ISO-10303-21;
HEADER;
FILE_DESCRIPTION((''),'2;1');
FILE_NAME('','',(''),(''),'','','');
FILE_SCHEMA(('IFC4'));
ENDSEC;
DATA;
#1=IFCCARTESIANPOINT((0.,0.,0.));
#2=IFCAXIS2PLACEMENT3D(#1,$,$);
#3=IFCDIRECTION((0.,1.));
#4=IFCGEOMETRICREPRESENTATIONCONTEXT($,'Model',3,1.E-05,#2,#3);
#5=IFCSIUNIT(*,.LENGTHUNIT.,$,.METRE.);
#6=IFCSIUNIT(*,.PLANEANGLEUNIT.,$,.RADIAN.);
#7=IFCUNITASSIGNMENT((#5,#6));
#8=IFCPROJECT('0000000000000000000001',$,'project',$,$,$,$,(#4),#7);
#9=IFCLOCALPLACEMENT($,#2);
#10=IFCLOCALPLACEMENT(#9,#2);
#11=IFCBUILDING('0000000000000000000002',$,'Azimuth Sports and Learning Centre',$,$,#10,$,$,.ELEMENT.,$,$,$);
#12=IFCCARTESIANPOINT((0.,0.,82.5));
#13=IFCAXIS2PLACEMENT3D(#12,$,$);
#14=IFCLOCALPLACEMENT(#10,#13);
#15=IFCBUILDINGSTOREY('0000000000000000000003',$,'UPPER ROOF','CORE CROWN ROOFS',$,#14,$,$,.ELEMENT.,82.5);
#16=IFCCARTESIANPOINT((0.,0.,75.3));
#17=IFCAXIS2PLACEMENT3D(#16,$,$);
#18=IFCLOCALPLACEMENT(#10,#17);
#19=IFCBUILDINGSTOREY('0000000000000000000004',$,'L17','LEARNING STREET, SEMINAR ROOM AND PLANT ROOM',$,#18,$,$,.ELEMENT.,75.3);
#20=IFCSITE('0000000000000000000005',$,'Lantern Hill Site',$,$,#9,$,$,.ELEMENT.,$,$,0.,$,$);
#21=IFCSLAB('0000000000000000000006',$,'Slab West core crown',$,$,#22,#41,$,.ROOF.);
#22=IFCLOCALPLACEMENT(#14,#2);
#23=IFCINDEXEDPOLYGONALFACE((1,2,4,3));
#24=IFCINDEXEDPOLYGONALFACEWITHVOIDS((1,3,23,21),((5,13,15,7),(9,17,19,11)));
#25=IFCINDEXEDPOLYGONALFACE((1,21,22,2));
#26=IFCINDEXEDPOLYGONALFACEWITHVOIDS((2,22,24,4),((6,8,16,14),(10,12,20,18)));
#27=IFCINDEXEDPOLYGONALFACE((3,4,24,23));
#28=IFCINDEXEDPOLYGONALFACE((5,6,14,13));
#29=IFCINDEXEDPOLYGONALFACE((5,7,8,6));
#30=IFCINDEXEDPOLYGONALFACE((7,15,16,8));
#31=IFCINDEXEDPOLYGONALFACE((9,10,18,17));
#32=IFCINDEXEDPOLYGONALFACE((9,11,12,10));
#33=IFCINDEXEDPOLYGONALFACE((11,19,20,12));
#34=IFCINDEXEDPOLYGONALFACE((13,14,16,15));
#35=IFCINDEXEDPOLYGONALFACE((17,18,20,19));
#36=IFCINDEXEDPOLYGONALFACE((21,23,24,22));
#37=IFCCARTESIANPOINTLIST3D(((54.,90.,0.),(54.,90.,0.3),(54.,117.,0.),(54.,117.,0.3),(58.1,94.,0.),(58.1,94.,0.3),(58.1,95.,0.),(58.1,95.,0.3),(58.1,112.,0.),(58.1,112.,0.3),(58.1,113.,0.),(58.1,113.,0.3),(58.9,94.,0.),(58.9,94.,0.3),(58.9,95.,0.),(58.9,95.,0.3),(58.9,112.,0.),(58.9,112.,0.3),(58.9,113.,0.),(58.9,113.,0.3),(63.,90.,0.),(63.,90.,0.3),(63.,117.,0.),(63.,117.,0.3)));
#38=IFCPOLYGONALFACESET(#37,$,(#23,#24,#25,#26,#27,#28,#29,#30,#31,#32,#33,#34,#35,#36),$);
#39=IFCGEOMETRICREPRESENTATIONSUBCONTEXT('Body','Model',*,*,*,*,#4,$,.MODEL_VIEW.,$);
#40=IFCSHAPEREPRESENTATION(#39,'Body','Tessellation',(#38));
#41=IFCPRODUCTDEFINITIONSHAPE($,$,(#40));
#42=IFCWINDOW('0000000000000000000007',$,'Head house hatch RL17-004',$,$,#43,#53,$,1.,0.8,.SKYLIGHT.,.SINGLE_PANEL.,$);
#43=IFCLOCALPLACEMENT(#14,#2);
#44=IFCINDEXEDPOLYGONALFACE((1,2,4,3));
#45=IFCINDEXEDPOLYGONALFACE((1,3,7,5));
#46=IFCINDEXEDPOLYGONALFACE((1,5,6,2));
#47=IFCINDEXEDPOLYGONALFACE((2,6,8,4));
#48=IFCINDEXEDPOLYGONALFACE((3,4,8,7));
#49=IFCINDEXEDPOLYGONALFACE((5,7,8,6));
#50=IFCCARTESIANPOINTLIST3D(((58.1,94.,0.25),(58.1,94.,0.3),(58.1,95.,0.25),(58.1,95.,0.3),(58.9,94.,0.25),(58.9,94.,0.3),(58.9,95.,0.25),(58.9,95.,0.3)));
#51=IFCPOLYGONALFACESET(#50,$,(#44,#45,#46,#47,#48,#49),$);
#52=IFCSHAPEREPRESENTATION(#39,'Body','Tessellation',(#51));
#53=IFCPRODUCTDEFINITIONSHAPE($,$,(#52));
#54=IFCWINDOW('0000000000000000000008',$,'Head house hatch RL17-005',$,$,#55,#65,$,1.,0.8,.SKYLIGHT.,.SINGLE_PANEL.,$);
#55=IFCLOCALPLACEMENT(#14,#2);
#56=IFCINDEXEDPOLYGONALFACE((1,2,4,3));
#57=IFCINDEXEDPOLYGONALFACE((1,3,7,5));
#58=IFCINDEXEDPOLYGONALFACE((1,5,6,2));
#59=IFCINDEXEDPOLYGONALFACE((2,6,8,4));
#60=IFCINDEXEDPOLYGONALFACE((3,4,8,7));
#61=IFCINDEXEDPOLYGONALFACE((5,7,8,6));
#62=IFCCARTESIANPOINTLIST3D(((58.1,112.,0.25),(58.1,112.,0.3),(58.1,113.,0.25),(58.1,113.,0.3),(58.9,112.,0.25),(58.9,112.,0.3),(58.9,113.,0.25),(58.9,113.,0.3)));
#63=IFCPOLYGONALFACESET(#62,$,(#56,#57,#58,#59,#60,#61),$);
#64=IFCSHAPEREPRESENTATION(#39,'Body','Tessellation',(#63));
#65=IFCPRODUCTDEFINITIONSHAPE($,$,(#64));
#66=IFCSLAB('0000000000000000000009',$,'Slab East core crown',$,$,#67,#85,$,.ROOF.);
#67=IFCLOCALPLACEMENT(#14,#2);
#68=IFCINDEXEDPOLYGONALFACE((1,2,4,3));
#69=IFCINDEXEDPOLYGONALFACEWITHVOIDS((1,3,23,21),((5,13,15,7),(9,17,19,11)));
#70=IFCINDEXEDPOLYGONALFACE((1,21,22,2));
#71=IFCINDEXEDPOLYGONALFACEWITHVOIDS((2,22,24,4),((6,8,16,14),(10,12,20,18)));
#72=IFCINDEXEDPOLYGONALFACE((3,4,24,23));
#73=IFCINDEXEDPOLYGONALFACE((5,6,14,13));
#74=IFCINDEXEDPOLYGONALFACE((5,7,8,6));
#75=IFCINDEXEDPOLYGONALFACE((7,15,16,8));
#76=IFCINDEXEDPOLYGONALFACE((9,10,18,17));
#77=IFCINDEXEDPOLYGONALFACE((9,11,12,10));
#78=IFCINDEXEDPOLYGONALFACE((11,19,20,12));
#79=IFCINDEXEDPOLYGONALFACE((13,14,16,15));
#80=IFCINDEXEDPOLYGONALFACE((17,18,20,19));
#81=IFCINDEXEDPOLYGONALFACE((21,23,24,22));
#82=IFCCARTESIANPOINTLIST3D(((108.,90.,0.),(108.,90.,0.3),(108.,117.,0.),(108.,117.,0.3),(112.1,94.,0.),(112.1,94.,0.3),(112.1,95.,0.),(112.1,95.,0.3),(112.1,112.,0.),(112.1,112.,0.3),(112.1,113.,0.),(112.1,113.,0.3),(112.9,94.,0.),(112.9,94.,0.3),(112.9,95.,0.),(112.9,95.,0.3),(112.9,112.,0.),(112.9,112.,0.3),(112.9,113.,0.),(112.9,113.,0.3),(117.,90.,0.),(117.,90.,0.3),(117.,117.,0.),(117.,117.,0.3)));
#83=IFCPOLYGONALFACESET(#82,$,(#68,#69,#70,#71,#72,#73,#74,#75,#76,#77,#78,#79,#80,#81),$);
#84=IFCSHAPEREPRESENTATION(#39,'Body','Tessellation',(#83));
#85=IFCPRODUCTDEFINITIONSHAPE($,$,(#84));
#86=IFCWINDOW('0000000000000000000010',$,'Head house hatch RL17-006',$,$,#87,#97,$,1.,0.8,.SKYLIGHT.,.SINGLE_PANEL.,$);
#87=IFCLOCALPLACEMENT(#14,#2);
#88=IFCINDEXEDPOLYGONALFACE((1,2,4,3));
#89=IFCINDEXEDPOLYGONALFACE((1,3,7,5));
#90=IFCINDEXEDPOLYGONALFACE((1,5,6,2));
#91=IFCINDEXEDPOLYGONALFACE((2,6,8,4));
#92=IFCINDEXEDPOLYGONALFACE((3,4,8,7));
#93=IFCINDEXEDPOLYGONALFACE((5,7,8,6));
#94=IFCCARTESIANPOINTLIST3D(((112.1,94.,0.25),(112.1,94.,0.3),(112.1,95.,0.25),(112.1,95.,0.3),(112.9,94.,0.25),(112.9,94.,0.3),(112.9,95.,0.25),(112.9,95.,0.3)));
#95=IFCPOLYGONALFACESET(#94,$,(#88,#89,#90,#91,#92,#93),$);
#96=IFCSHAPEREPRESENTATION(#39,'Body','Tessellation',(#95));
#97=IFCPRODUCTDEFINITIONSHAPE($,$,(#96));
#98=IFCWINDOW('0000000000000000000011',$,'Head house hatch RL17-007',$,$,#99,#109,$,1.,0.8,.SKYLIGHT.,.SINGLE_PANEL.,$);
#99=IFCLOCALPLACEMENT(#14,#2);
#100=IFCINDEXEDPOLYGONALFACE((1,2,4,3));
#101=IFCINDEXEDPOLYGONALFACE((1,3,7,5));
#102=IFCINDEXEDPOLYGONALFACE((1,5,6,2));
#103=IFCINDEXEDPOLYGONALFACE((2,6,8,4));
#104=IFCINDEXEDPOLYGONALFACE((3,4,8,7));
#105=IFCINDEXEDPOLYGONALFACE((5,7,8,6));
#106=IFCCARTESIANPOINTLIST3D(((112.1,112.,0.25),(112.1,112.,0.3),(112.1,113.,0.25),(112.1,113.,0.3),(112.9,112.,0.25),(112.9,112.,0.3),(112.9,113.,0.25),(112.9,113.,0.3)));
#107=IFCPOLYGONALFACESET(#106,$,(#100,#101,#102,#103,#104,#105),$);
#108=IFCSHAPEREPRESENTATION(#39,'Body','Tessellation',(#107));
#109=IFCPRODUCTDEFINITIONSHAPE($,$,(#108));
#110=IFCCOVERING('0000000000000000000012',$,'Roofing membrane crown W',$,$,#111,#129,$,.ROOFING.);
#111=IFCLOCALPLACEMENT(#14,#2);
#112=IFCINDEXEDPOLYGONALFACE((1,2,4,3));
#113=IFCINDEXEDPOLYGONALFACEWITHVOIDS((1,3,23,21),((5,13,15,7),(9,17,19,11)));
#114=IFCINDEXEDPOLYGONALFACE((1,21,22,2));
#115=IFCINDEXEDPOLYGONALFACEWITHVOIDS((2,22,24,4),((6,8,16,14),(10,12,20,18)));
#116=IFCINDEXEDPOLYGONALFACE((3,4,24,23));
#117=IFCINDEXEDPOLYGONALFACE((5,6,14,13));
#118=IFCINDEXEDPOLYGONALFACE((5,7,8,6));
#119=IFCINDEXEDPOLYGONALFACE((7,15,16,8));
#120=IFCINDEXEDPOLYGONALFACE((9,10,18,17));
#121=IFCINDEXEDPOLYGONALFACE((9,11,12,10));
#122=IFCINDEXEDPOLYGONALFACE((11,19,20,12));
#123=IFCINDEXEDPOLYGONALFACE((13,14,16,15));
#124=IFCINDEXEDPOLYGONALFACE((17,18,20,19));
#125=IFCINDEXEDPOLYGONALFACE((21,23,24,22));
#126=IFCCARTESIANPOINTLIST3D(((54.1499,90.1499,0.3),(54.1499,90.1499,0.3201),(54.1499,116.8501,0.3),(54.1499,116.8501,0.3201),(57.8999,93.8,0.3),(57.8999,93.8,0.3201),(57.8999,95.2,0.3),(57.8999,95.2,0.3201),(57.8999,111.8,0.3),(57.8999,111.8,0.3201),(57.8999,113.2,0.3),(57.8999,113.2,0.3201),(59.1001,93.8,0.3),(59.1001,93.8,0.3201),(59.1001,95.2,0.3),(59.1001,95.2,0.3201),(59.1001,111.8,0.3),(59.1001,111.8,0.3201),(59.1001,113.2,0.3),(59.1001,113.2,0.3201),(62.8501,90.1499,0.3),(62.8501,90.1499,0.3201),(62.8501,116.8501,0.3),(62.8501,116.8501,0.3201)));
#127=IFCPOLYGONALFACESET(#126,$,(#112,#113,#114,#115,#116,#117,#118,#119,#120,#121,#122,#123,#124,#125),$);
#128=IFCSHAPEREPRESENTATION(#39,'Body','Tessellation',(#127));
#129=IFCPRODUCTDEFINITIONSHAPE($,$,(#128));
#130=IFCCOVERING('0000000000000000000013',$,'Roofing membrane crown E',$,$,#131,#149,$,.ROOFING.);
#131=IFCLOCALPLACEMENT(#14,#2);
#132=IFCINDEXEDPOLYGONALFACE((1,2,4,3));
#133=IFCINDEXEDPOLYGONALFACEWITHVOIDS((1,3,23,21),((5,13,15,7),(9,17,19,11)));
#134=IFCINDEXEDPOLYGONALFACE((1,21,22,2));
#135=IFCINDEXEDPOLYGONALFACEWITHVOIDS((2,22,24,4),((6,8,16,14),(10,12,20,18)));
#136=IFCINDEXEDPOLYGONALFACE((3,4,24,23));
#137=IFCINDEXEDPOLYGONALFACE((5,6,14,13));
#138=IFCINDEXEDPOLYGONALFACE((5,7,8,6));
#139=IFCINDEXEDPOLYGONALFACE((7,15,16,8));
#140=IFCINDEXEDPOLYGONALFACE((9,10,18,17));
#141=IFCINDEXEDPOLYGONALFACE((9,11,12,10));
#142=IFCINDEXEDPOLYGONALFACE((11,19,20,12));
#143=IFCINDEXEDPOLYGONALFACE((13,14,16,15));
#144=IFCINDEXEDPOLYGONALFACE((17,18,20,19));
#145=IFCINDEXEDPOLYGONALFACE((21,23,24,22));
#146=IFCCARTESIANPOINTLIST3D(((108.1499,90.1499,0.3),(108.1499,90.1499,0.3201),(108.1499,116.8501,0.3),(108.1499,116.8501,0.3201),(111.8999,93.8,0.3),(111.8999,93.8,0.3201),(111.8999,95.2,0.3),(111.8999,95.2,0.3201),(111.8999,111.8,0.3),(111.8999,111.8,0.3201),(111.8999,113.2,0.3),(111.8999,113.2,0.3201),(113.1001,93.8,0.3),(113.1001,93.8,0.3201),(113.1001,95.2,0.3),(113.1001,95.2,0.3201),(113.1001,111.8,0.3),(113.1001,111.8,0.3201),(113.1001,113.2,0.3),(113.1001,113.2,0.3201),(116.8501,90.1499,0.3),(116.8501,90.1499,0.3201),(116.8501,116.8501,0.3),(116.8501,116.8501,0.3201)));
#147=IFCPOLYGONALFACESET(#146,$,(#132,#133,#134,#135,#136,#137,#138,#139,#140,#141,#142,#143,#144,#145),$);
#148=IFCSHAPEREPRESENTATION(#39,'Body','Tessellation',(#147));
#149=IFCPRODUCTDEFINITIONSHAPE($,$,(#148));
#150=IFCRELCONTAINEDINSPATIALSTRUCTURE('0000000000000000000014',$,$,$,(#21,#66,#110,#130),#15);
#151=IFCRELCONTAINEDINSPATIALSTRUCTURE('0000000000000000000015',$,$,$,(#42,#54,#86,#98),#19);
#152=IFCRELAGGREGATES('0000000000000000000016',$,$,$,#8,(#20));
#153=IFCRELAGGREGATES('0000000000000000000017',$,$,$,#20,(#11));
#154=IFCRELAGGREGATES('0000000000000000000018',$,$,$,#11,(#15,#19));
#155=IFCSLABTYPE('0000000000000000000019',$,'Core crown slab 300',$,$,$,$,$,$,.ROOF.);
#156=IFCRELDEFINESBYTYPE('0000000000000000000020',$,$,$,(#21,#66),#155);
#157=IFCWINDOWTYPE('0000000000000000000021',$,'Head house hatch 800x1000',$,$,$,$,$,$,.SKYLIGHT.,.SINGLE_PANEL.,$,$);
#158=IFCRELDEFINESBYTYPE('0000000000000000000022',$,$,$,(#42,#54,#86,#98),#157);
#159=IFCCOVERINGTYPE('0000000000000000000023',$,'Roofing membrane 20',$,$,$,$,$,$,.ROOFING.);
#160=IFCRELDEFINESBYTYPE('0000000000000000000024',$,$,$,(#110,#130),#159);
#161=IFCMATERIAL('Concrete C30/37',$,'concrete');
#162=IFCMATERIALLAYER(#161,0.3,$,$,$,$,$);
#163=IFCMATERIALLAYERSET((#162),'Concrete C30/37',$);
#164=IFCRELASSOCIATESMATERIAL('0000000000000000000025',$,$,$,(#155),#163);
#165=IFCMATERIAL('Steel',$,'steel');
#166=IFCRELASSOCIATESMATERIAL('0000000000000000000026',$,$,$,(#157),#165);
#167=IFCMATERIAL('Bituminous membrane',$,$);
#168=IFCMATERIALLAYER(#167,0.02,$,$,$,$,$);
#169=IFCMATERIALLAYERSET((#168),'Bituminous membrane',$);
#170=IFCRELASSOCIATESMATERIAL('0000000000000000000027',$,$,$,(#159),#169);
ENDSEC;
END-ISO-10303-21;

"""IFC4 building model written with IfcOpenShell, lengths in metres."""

from ifc_helpers import new_model, si_unit, direction, frame, origin, origin_2d, place, context, subcontext, project, spatial, polyline, rectangle, outline, extrude, material, layer, layer_set, type_object, element, fill, save


model = new_model("IFC4")

# Units and contexts
model_context = context("Model", 3, precision=1e-05, world=origin(), true_north=direction((0.0, 1.0)))
body_context = subcontext(model_context, "Body", "Model", "MODEL_VIEW")
ifc_project = project(units=[si_unit("LENGTHUNIT", "METRE"), si_unit("PLANEANGLEUNIT", "RADIAN")], contexts=[model_context])

# Site, building, storey
site_placement = place(None, origin())
site = spatial("IfcSite", under=ifc_project, at=site_placement, Name="Lantern Hill Site", CompositionType="ELEMENT", RefElevation=0.0)
building_placement = place(site_placement, origin())
building = spatial("IfcBuilding", under=site, at=building_placement, Name="Azimuth Sports and Learning Centre", CompositionType="ELEMENT")
storey_1_placement = place(building_placement, frame((0.0, 0.0, 82.5)))
storey_1 = spatial("IfcBuildingStorey", under=building, at=storey_1_placement, Name="UPPER ROOF", Description="CORE CROWN ROOFS", CompositionType="ELEMENT", Elevation=82.5)

# Slab, openings
ifc_material_1 = material(Name="Concrete C30/37", Category="concrete")
ifc_layer_1 = layer(ifc_material_1, 0.3)
ifc_layer_set_1 = layer_set([ifc_layer_1], Name="Concrete C30/37")
slab_type = type_object("IfcSlabType", Name="Core crown slab 300", PredefinedType="ROOF", material=ifc_layer_set_1)
slab_1_placement = place(storey_1_placement, origin())
slab_1 = element("IfcSlab", 1, at=slab_1_placement, inside=storey_1, type_object=slab_type, Name="Slab West core crown", PredefinedType="ROOF", context=body_context, shape_type="SweptSolid", body=[
    extrude(outline(polyline([(54.0, 90.0), (63.0, 90.0), (63.0, 117.0), (54.0, 117.0), (54.0, 90.0)])), origin(), (0.0, 0.0, 1.0), 0.3),
])
opening_1_placement = place(slab_1_placement, frame((58.5, 94.5, 0.0)))
opening_1 = element("IfcOpeningElement", 2, at=opening_1_placement, cuts=slab_1, PredefinedType="OPENING", context=body_context, shape_type="SweptSolid", body=[
    extrude(rectangle(XDim=0.8, YDim=1.0, at=origin_2d()), frame((0.0, 0.0, -0.011)), (0.0, 0.0, 1.0), 0.322),
])
opening_2_placement = place(slab_1_placement, frame((58.5, 112.5, 0.0)))
opening_2 = element("IfcOpeningElement", 3, at=opening_2_placement, cuts=slab_1, PredefinedType="OPENING", context=body_context, shape_type="SweptSolid", body=[
    extrude(rectangle(XDim=0.8, YDim=1.0, at=origin_2d()), frame((0.0, 0.0, -0.011)), (0.0, 0.0, 1.0), 0.322),
])

# Shared definitions
storey_2_placement = place(building_placement, frame((0.0, 0.0, 75.3)))
storey_2 = spatial("IfcBuildingStorey", under=building, at=storey_2_placement, Name="L17", Description="LEARNING STREET, SEMINAR ROOM AND PLANT ROOM", CompositionType="ELEMENT", Elevation=75.3)

# Windows
ifc_material_2 = material(Name="Steel", Category="steel")
window_type = type_object("IfcWindowType", Name="Head house hatch 800x1000", PartitioningType="SINGLE_PANEL", PredefinedType="SKYLIGHT", material=ifc_material_2)
window_1_placement = place(opening_1_placement, frame((0.0, 0.0, 0.25)))
window_1 = element("IfcWindow", 4, at=window_1_placement, inside=storey_2, type_object=window_type, Name="Head house hatch RL17-004", OverallHeight=1.0, OverallWidth=0.8, PartitioningType="SINGLE_PANEL", PredefinedType="SKYLIGHT", context=body_context, shape_type="SweptSolid", body=[
    extrude(rectangle(XDim=0.8, YDim=1.0, at=origin_2d()), origin(), (0.0, 0.0, 1.0), 0.05),
])
fill(opening_1, window_1)
window_2_placement = place(opening_2_placement, frame((0.0, 0.0, 0.25)))
window_2 = element("IfcWindow", 5, at=window_2_placement, inside=storey_2, type_object=window_type, Name="Head house hatch RL17-005", OverallHeight=1.0, OverallWidth=0.8, PartitioningType="SINGLE_PANEL", PredefinedType="SKYLIGHT", context=body_context, shape_type="SweptSolid", body=[
    extrude(rectangle(XDim=0.8, YDim=1.0, at=origin_2d()), origin(), (0.0, 0.0, 1.0), 0.05),
])
fill(opening_2, window_2)

# Slab, openings, windows
slab_2_placement = place(storey_1_placement, origin())
slab_2 = element("IfcSlab", 6, at=slab_2_placement, inside=storey_1, type_object=slab_type, Name="Slab East core crown", PredefinedType="ROOF", context=body_context, shape_type="SweptSolid", body=[
    extrude(outline(polyline([(108.0, 90.0), (117.0, 90.0), (117.0, 117.0), (108.0, 117.0), (108.0, 90.0)])), origin(), (0.0, 0.0, 1.0), 0.3),
])
opening_3_placement = place(slab_2_placement, frame((112.5, 94.5, 0.0)))
opening_3 = element("IfcOpeningElement", 7, at=opening_3_placement, cuts=slab_2, PredefinedType="OPENING", context=body_context, shape_type="SweptSolid", body=[
    extrude(rectangle(XDim=0.8, YDim=1.0, at=origin_2d()), frame((0.0, 0.0, -0.011)), (0.0, 0.0, 1.0), 0.322),
])
opening_4_placement = place(slab_2_placement, frame((112.5, 112.5, 0.0)))
opening_4 = element("IfcOpeningElement", 8, at=opening_4_placement, cuts=slab_2, PredefinedType="OPENING", context=body_context, shape_type="SweptSolid", body=[
    extrude(rectangle(XDim=0.8, YDim=1.0, at=origin_2d()), frame((0.0, 0.0, -0.011)), (0.0, 0.0, 1.0), 0.322),
])
window_3_placement = place(opening_3_placement, frame((0.0, 0.0, 0.25)))
window_3 = element("IfcWindow", 9, at=window_3_placement, inside=storey_2, type_object=window_type, Name="Head house hatch RL17-006", OverallHeight=1.0, OverallWidth=0.8, PartitioningType="SINGLE_PANEL", PredefinedType="SKYLIGHT", context=body_context, shape_type="SweptSolid", body=[
    extrude(rectangle(XDim=0.8, YDim=1.0, at=origin_2d()), origin(), (0.0, 0.0, 1.0), 0.05),
])
fill(opening_3, window_3)
window_4_placement = place(opening_4_placement, frame((0.0, 0.0, 0.25)))
window_4 = element("IfcWindow", 10, at=window_4_placement, inside=storey_2, type_object=window_type, Name="Head house hatch RL17-007", OverallHeight=1.0, OverallWidth=0.8, PartitioningType="SINGLE_PANEL", PredefinedType="SKYLIGHT", context=body_context, shape_type="SweptSolid", body=[
    extrude(rectangle(XDim=0.8, YDim=1.0, at=origin_2d()), origin(), (0.0, 0.0, 1.0), 0.05),
])
fill(opening_4, window_4)

# Coverings
ifc_material_3 = material(Name="Bituminous membrane")
ifc_layer_2 = layer(ifc_material_3, 0.02)
ifc_layer_set_2 = layer_set([ifc_layer_2], Name="Bituminous membrane")
covering_type = type_object("IfcCoveringType", Name="Roofing membrane 20", PredefinedType="ROOFING", material=ifc_layer_set_2)
covering_1_placement = place(storey_1_placement, frame((0.0, 0.0, 0.3)))
element("IfcCovering", 11, at=covering_1_placement, inside=storey_1, type_object=covering_type, Name="Roofing membrane crown W", PredefinedType="ROOFING", context=body_context, shape_type="SweptSolid", body=[
    extrude(outline(polyline([(54.1499, 90.1499), (62.8501, 90.1499), (62.8501, 116.8501), (54.1499, 116.8501), (54.1499, 90.1499)]), holes=[polyline([(57.8999, 93.8), (59.1001, 93.8), (59.1001, 95.2), (57.8999, 95.2), (57.8999, 93.8)]), polyline([(57.8999, 111.8), (59.1001, 111.8), (59.1001, 113.2), (57.8999, 113.2), (57.8999, 111.8)])]), origin(), (0.0, 0.0, 1.0), 0.02),
])
covering_2_placement = place(storey_1_placement, frame((0.0, 0.0, 0.3)))
element("IfcCovering", 12, at=covering_2_placement, inside=storey_1, type_object=covering_type, Name="Roofing membrane crown E", PredefinedType="ROOFING", context=body_context, shape_type="SweptSolid", body=[
    extrude(outline(polyline([(108.1499, 90.1499), (116.8501, 90.1499), (116.8501, 116.8501), (108.1499, 116.8501), (108.1499, 90.1499)]), holes=[polyline([(111.8999, 93.8), (113.1001, 93.8), (113.1001, 95.2), (111.8999, 95.2), (111.8999, 93.8)]), polyline([(111.8999, 111.8), (113.1001, 111.8), (113.1001, 113.2), (111.8999, 113.2), (111.8999, 111.8)])]), origin(), (0.0, 0.0, 1.0), 0.02),
])

save(model, "model.ifc")
